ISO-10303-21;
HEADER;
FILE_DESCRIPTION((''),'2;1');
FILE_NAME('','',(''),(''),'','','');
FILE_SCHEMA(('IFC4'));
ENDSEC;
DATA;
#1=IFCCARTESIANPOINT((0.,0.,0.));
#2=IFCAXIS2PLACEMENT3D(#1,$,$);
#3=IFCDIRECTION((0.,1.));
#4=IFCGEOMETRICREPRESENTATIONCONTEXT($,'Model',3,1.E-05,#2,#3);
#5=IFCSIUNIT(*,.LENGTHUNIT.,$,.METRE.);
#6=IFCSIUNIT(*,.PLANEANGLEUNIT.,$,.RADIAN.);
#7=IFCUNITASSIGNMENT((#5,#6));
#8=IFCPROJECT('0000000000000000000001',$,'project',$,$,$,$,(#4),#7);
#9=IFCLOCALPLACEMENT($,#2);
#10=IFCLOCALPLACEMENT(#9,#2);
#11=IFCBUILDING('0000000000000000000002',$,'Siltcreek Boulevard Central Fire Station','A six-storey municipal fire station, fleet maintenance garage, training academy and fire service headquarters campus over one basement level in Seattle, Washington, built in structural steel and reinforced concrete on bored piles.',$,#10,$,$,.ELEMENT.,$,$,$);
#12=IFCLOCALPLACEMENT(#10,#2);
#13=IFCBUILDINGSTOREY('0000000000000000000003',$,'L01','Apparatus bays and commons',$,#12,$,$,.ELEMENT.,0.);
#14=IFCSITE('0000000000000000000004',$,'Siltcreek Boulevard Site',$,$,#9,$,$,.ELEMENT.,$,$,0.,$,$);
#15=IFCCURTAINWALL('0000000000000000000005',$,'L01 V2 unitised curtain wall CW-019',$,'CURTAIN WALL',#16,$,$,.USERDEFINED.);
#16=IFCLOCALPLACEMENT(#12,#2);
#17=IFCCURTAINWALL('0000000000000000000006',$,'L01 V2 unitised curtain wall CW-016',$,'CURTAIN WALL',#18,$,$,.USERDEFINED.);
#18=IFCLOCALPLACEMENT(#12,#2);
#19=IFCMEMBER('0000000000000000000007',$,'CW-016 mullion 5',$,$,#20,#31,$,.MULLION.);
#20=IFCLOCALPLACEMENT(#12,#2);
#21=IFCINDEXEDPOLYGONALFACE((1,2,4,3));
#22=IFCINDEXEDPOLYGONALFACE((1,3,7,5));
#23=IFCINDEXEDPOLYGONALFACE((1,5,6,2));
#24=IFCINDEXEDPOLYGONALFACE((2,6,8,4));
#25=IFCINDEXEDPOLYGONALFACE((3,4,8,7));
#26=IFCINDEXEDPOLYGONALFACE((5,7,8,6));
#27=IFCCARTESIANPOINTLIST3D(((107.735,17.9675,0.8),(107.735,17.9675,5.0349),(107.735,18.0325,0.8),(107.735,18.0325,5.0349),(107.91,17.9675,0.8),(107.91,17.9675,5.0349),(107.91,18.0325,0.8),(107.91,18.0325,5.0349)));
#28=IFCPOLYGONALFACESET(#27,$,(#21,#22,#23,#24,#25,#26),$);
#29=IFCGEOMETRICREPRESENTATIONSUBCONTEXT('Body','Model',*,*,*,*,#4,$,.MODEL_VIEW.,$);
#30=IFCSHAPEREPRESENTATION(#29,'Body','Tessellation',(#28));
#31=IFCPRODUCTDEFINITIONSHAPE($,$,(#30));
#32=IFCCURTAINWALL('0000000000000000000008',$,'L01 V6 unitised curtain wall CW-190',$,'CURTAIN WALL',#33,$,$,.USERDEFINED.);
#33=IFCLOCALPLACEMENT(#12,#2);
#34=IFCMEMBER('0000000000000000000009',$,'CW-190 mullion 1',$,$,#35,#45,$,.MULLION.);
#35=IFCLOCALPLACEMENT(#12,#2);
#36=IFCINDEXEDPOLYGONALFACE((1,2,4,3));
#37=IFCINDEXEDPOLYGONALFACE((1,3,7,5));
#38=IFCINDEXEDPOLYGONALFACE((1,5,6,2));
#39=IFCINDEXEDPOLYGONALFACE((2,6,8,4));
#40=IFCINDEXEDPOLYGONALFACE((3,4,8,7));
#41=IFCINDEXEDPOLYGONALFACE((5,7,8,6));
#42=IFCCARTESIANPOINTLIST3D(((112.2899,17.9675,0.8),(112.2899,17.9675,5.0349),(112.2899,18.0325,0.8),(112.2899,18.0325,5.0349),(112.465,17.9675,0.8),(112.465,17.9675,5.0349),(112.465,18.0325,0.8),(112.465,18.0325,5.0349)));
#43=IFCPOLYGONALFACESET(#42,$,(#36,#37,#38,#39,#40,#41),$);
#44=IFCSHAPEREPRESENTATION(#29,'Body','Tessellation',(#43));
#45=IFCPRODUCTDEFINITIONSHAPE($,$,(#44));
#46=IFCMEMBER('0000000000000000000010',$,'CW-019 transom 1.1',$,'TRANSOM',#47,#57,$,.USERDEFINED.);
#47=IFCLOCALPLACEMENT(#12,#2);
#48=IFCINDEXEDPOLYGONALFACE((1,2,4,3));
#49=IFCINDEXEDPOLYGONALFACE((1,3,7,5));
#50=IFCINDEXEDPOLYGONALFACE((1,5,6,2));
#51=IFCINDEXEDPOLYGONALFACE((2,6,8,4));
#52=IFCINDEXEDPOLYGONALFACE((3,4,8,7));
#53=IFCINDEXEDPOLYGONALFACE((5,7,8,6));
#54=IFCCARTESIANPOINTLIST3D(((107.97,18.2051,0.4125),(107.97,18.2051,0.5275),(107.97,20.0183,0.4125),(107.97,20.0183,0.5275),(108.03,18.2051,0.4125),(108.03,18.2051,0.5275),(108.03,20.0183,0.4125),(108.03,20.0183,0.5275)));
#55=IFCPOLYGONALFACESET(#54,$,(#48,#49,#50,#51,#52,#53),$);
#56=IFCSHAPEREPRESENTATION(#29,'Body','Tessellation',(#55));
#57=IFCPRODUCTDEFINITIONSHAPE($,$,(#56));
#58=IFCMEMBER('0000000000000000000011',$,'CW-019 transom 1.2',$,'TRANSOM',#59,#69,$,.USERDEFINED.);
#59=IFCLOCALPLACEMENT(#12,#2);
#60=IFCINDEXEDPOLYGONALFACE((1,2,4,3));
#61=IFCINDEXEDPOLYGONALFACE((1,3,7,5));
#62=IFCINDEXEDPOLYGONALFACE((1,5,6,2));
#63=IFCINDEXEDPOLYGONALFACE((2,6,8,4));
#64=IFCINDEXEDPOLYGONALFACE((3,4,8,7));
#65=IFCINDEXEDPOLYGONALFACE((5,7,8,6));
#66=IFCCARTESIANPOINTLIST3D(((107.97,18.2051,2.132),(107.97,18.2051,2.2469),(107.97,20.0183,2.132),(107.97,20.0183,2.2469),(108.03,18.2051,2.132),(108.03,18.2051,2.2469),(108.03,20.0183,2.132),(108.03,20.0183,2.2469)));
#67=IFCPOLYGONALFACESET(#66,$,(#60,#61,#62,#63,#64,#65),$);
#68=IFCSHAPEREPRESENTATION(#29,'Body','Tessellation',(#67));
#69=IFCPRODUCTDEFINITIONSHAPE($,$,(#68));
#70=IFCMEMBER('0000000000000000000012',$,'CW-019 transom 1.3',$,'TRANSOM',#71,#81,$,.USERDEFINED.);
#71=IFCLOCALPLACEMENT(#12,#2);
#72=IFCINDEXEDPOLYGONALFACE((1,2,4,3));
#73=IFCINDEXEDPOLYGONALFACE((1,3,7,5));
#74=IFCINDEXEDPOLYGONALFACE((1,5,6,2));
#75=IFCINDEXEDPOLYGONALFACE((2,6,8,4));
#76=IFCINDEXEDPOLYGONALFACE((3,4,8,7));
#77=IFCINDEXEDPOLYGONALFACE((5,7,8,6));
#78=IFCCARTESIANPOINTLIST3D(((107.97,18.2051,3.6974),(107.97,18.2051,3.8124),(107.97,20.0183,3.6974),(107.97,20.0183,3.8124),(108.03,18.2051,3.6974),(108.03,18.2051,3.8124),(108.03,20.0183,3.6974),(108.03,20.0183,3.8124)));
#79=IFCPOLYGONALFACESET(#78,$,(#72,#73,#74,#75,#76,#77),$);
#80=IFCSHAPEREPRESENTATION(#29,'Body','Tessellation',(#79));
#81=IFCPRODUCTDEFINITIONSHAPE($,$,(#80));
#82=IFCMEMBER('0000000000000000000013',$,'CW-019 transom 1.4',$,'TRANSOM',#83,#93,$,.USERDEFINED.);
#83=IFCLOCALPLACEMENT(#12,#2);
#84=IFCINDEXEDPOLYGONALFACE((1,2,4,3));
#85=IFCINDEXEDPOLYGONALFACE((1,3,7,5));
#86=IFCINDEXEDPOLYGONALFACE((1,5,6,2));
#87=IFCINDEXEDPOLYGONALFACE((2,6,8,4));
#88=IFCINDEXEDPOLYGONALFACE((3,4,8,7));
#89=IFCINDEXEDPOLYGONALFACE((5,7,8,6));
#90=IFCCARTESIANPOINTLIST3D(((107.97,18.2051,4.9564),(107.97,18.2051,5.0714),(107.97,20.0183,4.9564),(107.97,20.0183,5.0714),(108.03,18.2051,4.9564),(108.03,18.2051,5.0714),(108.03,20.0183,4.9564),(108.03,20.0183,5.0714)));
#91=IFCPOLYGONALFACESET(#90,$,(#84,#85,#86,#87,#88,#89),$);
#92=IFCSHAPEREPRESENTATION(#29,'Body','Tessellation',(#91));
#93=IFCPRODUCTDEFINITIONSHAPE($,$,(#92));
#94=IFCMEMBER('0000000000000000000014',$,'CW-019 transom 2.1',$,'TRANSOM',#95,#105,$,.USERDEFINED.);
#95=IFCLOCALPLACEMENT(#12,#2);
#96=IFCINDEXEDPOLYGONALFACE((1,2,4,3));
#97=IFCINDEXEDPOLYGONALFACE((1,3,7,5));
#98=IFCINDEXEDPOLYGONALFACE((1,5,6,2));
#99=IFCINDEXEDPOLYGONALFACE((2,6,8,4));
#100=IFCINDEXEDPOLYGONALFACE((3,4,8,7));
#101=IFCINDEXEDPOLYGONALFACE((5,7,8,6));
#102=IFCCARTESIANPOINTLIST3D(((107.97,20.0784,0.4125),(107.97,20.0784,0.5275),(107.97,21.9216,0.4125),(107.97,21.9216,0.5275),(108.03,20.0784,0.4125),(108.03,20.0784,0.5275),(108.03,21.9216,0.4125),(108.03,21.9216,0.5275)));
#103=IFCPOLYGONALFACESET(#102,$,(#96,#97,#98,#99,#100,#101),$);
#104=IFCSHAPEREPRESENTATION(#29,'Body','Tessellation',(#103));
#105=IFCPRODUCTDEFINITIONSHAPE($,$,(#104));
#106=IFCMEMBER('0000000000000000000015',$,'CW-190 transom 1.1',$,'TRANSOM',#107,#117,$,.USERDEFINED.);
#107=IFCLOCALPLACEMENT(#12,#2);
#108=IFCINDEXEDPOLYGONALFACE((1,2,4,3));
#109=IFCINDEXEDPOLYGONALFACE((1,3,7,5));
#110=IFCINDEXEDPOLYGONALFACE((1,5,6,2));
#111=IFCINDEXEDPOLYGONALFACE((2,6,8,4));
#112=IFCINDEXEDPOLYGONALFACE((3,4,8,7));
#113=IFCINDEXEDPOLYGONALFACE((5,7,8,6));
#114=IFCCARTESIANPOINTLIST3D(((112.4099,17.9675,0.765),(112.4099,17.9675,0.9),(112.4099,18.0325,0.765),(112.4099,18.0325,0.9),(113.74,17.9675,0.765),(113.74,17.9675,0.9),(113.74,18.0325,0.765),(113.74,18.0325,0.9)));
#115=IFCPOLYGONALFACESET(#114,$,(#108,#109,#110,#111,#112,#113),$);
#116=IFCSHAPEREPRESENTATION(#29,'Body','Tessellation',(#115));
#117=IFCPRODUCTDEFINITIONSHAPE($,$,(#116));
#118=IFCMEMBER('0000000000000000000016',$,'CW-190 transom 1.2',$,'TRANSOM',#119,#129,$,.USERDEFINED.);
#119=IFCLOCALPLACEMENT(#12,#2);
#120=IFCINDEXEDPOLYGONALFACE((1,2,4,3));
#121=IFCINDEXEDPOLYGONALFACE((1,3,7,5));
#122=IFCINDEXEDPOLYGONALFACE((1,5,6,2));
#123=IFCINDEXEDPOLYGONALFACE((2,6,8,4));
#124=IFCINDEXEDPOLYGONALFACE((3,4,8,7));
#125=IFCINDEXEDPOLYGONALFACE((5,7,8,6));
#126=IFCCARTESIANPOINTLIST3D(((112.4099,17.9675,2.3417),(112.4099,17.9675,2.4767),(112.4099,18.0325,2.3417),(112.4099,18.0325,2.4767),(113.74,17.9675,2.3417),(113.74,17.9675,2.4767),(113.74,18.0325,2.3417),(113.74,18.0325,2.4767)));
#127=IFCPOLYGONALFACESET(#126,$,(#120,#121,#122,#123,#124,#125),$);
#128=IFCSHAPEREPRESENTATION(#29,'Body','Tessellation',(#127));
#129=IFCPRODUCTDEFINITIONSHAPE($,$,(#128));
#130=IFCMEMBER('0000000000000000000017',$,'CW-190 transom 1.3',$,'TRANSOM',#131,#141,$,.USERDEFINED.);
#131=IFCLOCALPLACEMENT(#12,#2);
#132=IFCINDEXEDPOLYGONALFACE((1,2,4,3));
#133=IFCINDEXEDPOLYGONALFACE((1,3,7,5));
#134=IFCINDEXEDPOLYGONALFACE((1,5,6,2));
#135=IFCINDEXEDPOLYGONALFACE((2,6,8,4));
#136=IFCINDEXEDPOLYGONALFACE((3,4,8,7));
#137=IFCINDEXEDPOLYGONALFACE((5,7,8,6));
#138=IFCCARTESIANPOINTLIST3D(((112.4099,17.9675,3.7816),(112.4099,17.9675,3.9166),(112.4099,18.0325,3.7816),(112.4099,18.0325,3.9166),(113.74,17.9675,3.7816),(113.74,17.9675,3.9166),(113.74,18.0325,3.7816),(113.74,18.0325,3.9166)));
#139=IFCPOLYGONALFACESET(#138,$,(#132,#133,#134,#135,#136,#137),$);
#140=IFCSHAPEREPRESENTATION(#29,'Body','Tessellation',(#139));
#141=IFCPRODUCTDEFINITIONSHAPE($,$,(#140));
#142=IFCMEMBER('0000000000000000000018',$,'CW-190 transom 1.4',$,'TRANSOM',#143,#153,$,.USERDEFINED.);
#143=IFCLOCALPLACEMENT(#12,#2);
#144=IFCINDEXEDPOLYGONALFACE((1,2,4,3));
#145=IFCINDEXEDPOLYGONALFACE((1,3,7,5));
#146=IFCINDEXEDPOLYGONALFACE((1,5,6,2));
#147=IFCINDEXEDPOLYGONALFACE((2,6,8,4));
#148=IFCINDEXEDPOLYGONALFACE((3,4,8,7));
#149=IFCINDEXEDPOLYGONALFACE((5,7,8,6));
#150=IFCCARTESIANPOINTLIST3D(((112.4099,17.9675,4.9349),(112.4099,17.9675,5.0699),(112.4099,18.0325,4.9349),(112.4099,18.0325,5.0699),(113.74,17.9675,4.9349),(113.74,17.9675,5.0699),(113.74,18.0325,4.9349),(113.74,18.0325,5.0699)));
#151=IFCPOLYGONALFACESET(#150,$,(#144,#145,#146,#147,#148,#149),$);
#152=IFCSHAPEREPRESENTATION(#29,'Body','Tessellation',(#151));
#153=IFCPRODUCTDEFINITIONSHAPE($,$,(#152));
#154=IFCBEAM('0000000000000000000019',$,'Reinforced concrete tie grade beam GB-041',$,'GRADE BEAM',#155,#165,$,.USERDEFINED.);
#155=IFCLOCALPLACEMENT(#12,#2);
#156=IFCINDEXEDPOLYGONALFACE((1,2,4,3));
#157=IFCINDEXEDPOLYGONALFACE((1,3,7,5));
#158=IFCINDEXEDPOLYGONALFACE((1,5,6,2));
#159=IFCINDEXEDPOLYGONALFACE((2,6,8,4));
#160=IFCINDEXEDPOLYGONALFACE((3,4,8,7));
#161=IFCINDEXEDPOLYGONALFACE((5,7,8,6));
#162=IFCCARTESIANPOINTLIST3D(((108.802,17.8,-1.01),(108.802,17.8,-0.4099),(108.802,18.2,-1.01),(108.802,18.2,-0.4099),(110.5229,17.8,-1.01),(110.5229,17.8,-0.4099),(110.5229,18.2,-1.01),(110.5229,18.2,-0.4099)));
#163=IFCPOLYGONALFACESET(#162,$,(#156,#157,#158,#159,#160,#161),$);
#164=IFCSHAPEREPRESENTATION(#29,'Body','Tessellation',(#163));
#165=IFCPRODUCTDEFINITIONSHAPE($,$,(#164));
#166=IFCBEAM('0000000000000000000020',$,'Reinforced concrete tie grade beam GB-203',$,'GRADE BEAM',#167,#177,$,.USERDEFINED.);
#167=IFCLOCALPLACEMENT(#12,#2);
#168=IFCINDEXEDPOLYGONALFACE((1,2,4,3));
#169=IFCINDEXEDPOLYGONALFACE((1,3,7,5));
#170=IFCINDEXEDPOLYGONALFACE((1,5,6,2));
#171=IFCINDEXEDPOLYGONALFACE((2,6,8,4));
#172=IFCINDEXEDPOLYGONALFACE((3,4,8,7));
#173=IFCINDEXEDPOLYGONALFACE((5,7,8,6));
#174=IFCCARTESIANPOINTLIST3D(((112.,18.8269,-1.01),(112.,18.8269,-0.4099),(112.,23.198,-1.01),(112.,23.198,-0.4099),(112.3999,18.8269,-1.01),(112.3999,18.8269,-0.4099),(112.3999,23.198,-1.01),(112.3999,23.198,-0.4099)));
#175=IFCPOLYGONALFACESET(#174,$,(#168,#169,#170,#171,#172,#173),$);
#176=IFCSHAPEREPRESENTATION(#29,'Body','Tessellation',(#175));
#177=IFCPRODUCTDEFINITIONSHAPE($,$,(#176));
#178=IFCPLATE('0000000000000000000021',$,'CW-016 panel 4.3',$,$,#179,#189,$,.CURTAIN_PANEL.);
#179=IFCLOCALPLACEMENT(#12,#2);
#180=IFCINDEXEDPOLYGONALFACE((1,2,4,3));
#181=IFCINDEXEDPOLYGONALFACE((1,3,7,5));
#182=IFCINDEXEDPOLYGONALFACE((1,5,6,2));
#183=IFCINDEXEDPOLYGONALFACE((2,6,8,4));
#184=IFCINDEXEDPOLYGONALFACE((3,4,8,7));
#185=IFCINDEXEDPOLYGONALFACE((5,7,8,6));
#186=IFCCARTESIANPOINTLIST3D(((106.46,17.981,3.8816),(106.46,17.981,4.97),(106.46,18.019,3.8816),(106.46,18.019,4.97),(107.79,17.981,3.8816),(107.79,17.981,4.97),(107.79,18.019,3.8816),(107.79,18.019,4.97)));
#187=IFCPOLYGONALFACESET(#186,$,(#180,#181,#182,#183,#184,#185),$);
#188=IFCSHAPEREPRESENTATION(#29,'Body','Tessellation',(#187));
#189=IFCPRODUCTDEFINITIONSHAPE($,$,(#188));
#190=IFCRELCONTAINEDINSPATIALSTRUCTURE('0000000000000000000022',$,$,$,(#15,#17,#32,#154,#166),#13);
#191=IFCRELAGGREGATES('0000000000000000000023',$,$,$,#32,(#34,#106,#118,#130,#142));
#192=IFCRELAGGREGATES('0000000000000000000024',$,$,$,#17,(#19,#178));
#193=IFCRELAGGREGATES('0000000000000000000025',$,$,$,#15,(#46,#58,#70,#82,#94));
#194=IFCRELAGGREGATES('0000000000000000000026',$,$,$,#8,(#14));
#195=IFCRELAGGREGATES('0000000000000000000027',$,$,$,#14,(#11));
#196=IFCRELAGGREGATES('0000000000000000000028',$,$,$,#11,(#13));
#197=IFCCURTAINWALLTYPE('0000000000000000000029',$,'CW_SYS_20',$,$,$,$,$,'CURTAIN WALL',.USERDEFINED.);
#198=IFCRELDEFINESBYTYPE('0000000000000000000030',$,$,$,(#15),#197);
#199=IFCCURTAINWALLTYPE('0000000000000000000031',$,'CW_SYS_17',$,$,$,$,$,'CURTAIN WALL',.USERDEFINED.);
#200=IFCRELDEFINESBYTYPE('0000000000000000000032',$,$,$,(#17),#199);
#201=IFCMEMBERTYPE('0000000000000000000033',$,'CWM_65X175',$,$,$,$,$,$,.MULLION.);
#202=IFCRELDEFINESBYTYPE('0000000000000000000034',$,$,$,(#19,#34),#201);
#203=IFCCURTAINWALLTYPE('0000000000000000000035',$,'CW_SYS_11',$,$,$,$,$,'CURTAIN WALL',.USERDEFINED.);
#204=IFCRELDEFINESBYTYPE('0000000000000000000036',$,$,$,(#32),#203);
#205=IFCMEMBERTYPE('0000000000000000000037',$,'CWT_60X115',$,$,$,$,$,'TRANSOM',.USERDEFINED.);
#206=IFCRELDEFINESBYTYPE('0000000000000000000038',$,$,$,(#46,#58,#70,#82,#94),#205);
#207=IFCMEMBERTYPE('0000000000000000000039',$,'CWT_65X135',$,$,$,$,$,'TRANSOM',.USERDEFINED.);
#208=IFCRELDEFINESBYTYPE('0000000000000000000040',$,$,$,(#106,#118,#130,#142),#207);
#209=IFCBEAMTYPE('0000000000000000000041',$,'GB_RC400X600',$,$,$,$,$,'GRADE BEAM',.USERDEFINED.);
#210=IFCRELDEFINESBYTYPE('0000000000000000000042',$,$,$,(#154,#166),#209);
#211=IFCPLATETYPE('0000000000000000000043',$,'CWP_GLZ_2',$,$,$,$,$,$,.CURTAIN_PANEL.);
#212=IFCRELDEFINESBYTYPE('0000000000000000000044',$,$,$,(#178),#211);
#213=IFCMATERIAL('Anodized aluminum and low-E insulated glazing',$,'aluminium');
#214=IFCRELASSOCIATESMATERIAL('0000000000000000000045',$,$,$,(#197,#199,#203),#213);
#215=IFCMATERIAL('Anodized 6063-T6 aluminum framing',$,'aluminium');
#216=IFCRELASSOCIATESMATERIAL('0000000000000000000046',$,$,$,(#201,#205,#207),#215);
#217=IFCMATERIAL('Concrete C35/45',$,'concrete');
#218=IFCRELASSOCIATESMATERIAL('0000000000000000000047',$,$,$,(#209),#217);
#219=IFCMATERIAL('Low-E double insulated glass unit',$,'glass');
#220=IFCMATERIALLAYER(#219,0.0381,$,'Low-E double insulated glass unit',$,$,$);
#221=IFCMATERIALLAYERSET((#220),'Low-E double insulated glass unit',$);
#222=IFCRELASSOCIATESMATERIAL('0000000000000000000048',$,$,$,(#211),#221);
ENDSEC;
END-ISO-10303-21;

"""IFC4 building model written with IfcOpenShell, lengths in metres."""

from ifc_helpers import new_model, si_unit, direction, frame, origin, origin_2d, place, context, subcontext, project, spatial, rectangle, extrude, material, layer, layer_set, material_profile, profile_set, type_object, element, aggregate, save


model = new_model("IFC4")

# Units and contexts
model_context = context("Model", 3, precision=1e-05, world=origin(), true_north=direction((0.0, 1.0)))
body_context = subcontext(model_context, "Body", "Model", "MODEL_VIEW")
ifc_project = project(units=[si_unit("LENGTHUNIT", "METRE"), si_unit("PLANEANGLEUNIT", "RADIAN")], contexts=[model_context])

# Site, building, storey
site_placement = place(None, origin())
site = spatial("IfcSite", under=ifc_project, at=site_placement, Name="Siltcreek Boulevard Site", CompositionType="ELEMENT", RefElevation=0.0)
building_placement = place(site_placement, origin())
building = spatial("IfcBuilding", under=site, at=building_placement, Name="Siltcreek Boulevard Central Fire Station", Description="A six-storey municipal fire station, fleet maintenance garage, training academy and fire service headquarters campus over one basement level in Seattle, Washington, built in structural steel and reinforced concrete on bored piles.", CompositionType="ELEMENT")
storey_placement = place(building_placement, origin())
storey = spatial("IfcBuildingStorey", under=building, at=storey_placement, Name="L01", Description="Apparatus bays and commons", CompositionType="ELEMENT", Elevation=0.0)

# Shared definitions
ifc_material_1 = material(Name="Concrete C35/45", Category="concrete")

# Curtain wall
ifc_material_2 = material(Name="Anodized aluminum and low-E insulated glazing", Category="aluminium")
curtain_wall_type_1 = type_object("IfcCurtainWallType", Name="CW_SYS_20", ElementType="CURTAIN WALL", PredefinedType="USERDEFINED", material=ifc_material_2)
curtain_wall_1_placement = place(storey_placement, origin())
curtain_wall_1 = element("IfcCurtainWall", 1, at=curtain_wall_1_placement, inside=storey, type_object=curtain_wall_type_1, Name="L01 V2 unitised curtain wall CW-019", ObjectType="CURTAIN WALL", PredefinedType="USERDEFINED")
ifc_material_3 = material(Name="Anodized 6063-T6 aluminum framing", Category="aluminium")

# Curtain walls, members
curtain_wall_type_2 = type_object("IfcCurtainWallType", Name="CW_SYS_17", ElementType="CURTAIN WALL", PredefinedType="USERDEFINED", material=ifc_material_2)
curtain_wall_2_placement = place(storey_placement, origin())
curtain_wall_2 = element("IfcCurtainWall", 2, at=curtain_wall_2_placement, inside=storey, type_object=curtain_wall_type_2, Name="L01 V2 unitised curtain wall CW-016", ObjectType="CURTAIN WALL", PredefinedType="USERDEFINED")
ifc_material_profile_1 = material_profile(ifc_material_3, rectangle(XDim=0.0649, YDim=0.175, at=origin_2d()), Name="MULL65X175")
ifc_profile_set_1 = profile_set([ifc_material_profile_1], Name="Anodized 6063-T6 aluminum framing")
member_type_1 = type_object("IfcMemberType", Name="CWM_65X175", PredefinedType="MULLION", material=ifc_profile_set_1)
member_1_placement = place(storey_placement, frame((107.8225, 18.0, 0.8), z_axis=(0.0, 0.0, 1.0), x_axis=(0.0, 1.0, 0.0)))
member_1 = element("IfcMember", 3, at=member_1_placement, type_object=member_type_1, Name="CW-016 mullion 5", PredefinedType="MULLION", context=body_context, shape_type="SweptSolid", body=[
    extrude(rectangle(XDim=0.0649, YDim=0.175, at=origin_2d()), origin(), (0.0, 0.0, 1.0), 4.2349),
])
curtain_wall_type_3 = type_object("IfcCurtainWallType", Name="CW_SYS_11", ElementType="CURTAIN WALL", PredefinedType="USERDEFINED", material=ifc_material_2)
curtain_wall_3_placement = place(storey_placement, origin())
curtain_wall_3 = element("IfcCurtainWall", 4, at=curtain_wall_3_placement, inside=storey, type_object=curtain_wall_type_3, Name="L01 V6 unitised curtain wall CW-190", ObjectType="CURTAIN WALL", PredefinedType="USERDEFINED")
member_2_placement = place(storey_placement, frame((112.3774, 18.0, 0.8), z_axis=(0.0, 0.0, 1.0), x_axis=(0.0, 1.0, 0.0)))
member_2 = element("IfcMember", 5, at=member_2_placement, type_object=member_type_1, Name="CW-190 mullion 1", PredefinedType="MULLION", context=body_context, shape_type="SweptSolid", body=[
    extrude(rectangle(XDim=0.0649, YDim=0.175, at=origin_2d()), origin(), (0.0, 0.0, 1.0), 4.2349),
])

# Members
ifc_material_profile_2 = material_profile(ifc_material_3, rectangle(XDim=0.0601, YDim=0.115, at=origin_2d()), Name="TRAN60X115")
ifc_profile_set_2 = profile_set([ifc_material_profile_2], Name="Anodized 6063-T6 aluminum framing")
member_type_2 = type_object("IfcMemberType", Name="CWT_60X115", ElementType="TRANSOM", PredefinedType="USERDEFINED", material=ifc_profile_set_2)
member_3_placement = place(storey_placement, frame((108.0, 18.2051, 0.47), z_axis=(0.0, 1.0, 0.0), x_axis=(-1.0, 0.0, 0.0)))
member_3 = element("IfcMember", 6, at=member_3_placement, type_object=member_type_2, Name="CW-019 transom 1.1", ObjectType="TRANSOM", PredefinedType="USERDEFINED", context=body_context, shape_type="SweptSolid", body=[
    extrude(rectangle(XDim=0.0601, YDim=0.115, at=origin_2d()), origin(), (0.0, 0.0, 1.0), 1.8132),
])
member_4_placement = place(storey_placement, frame((108.0, 18.2051, 2.1895), z_axis=(0.0, 1.0, 0.0), x_axis=(-1.0, 0.0, 0.0)))
member_4 = element("IfcMember", 7, at=member_4_placement, type_object=member_type_2, Name="CW-019 transom 1.2", ObjectType="TRANSOM", PredefinedType="USERDEFINED", context=body_context, shape_type="SweptSolid", body=[
    extrude(rectangle(XDim=0.0601, YDim=0.115, at=origin_2d()), origin(), (0.0, 0.0, 1.0), 1.8132),
])
member_5_placement = place(storey_placement, frame((108.0, 18.2051, 3.7549), z_axis=(0.0, 1.0, 0.0), x_axis=(-1.0, 0.0, 0.0)))
member_5 = element("IfcMember", 8, at=member_5_placement, type_object=member_type_2, Name="CW-019 transom 1.3", ObjectType="TRANSOM", PredefinedType="USERDEFINED", context=body_context, shape_type="SweptSolid", body=[
    extrude(rectangle(XDim=0.0601, YDim=0.115, at=origin_2d()), origin(), (0.0, 0.0, 1.0), 1.8132),
])
member_6_placement = place(storey_placement, frame((108.0, 18.2051, 5.0139), z_axis=(0.0, 1.0, 0.0), x_axis=(-1.0, 0.0, 0.0)))
member_6 = element("IfcMember", 9, at=member_6_placement, type_object=member_type_2, Name="CW-019 transom 1.4", ObjectType="TRANSOM", PredefinedType="USERDEFINED", context=body_context, shape_type="SweptSolid", body=[
    extrude(rectangle(XDim=0.0601, YDim=0.115, at=origin_2d()), origin(), (0.0, 0.0, 1.0), 1.8132),
])
member_7_placement = place(storey_placement, frame((108.0, 20.0784, 0.47), z_axis=(0.0, 1.0, 0.0), x_axis=(-1.0, 0.0, 0.0)))
member_7 = element("IfcMember", 10, at=member_7_placement, type_object=member_type_2, Name="CW-019 transom 2.1", ObjectType="TRANSOM", PredefinedType="USERDEFINED", context=body_context, shape_type="SweptSolid", body=[
    extrude(rectangle(XDim=0.0601, YDim=0.115, at=origin_2d()), origin(), (0.0, 0.0, 1.0), 1.8433),
])
ifc_material_profile_3 = material_profile(ifc_material_3, rectangle(XDim=0.0649, YDim=0.135, at=origin_2d()), Name="TRAN65X135")
ifc_profile_set_3 = profile_set([ifc_material_profile_3], Name="Anodized 6063-T6 aluminum framing")
member_type_3 = type_object("IfcMemberType", Name="CWT_65X135", ElementType="TRANSOM", PredefinedType="USERDEFINED", material=ifc_profile_set_3)
member_8_placement = place(storey_placement, frame((112.4099, 18.0, 0.8325), z_axis=(1.0, 0.0, 0.0), x_axis=(0.0, 1.0, 0.0)))
member_8 = element("IfcMember", 11, at=member_8_placement, type_object=member_type_3, Name="CW-190 transom 1.1", ObjectType="TRANSOM", PredefinedType="USERDEFINED", context=body_context, shape_type="SweptSolid", body=[
    extrude(rectangle(XDim=0.0649, YDim=0.135, at=origin_2d()), origin(), (0.0, 0.0, 1.0), 1.3301),
])
member_9_placement = place(storey_placement, frame((112.4099, 18.0, 2.4092), z_axis=(1.0, 0.0, 0.0), x_axis=(0.0, 1.0, 0.0)))
member_9 = element("IfcMember", 12, at=member_9_placement, type_object=member_type_3, Name="CW-190 transom 1.2", ObjectType="TRANSOM", PredefinedType="USERDEFINED", context=body_context, shape_type="SweptSolid", body=[
    extrude(rectangle(XDim=0.0649, YDim=0.135, at=origin_2d()), origin(), (0.0, 0.0, 1.0), 1.3301),
])
member_10_placement = place(storey_placement, frame((112.4099, 18.0, 3.8491), z_axis=(1.0, 0.0, 0.0), x_axis=(0.0, 1.0, 0.0)))
member_10 = element("IfcMember", 13, at=member_10_placement, type_object=member_type_3, Name="CW-190 transom 1.3", ObjectType="TRANSOM", PredefinedType="USERDEFINED", context=body_context, shape_type="SweptSolid", body=[
    extrude(rectangle(XDim=0.0649, YDim=0.135, at=origin_2d()), origin(), (0.0, 0.0, 1.0), 1.3301),
])
member_11_placement = place(storey_placement, frame((112.4099, 18.0, 5.0024), z_axis=(1.0, 0.0, 0.0), x_axis=(0.0, 1.0, 0.0)))
member_11 = element("IfcMember", 14, at=member_11_placement, type_object=member_type_3, Name="CW-190 transom 1.4", ObjectType="TRANSOM", PredefinedType="USERDEFINED", context=body_context, shape_type="SweptSolid", body=[
    extrude(rectangle(XDim=0.0649, YDim=0.135, at=origin_2d()), origin(), (0.0, 0.0, 1.0), 1.3301),
])
aggregate(curtain_wall_3, [member_2, member_8, member_9, member_10, member_11])

# Beams
ifc_material_profile_4 = material_profile(ifc_material_1, rectangle(XDim=0.3999, YDim=0.6001, at=origin_2d()), Name="RC400X600")
ifc_profile_set_4 = profile_set([ifc_material_profile_4], Name="Concrete C35/45")
beam_type = type_object("IfcBeamType", Name="GB_RC400X600", ElementType="GRADE BEAM", PredefinedType="USERDEFINED", material=ifc_profile_set_4)
beam_1_placement = place(storey_placement, frame((108.802, 18.0, -0.71), z_axis=(1.0, 0.0, 0.0), x_axis=(0.0, 1.0, 0.0)))
element("IfcBeam", 15, at=beam_1_placement, inside=storey, type_object=beam_type, Name="Reinforced concrete tie grade beam GB-041", ObjectType="GRADE BEAM", PredefinedType="USERDEFINED", context=body_context, shape_type="SweptSolid", body=[
    extrude(rectangle(XDim=0.3999, YDim=0.6001, at=origin_2d()), origin(), (0.0, 0.0, 1.0), 1.7209),
])
beam_2_placement = place(storey_placement, frame((112.2, 18.8269, -0.71), z_axis=(0.0, 1.0, 0.0), x_axis=(-1.0, 0.0, 0.0)))
element("IfcBeam", 16, at=beam_2_placement, inside=storey, type_object=beam_type, Name="Reinforced concrete tie grade beam GB-203", ObjectType="GRADE BEAM", PredefinedType="USERDEFINED", context=body_context, shape_type="SweptSolid", body=[
    extrude(rectangle(XDim=0.3999, YDim=0.6001, at=origin_2d()), origin(), (0.0, 0.0, 1.0), 4.3711),
])

# Plate
ifc_material_4 = material(Name="Low-E double insulated glass unit", Category="glass")
ifc_layer_1 = layer(ifc_material_4, 0.0381, Name="Low-E double insulated glass unit")
ifc_layer_set_1 = layer_set([ifc_layer_1], Name="Low-E double insulated glass unit")
plate_type_1 = type_object("IfcPlateType", Name="CWP_GLZ_2", PredefinedType="CURTAIN_PANEL", material=ifc_layer_set_1)
plate_1_placement = place(storey_placement, frame((107.125, 18.0, 3.8816), z_axis=(0.0, 0.0, 1.0), x_axis=(1.0, 0.0, 0.0)))
plate_1 = element("IfcPlate", 17, at=plate_1_placement, type_object=plate_type_1, Name="CW-016 panel 4.3", PredefinedType="CURTAIN_PANEL", context=body_context, shape_type="SweptSolid", body=[
    extrude(rectangle(XDim=1.3301, YDim=0.0381, at=origin_2d()), origin(), (0.0, 0.0, 1.0), 1.0884),
])
aggregate(curtain_wall_2, [member_1, plate_1])
aggregate(curtain_wall_1, [member_3, member_4, member_5, member_6, member_7])

save(model, "model.ifc")
